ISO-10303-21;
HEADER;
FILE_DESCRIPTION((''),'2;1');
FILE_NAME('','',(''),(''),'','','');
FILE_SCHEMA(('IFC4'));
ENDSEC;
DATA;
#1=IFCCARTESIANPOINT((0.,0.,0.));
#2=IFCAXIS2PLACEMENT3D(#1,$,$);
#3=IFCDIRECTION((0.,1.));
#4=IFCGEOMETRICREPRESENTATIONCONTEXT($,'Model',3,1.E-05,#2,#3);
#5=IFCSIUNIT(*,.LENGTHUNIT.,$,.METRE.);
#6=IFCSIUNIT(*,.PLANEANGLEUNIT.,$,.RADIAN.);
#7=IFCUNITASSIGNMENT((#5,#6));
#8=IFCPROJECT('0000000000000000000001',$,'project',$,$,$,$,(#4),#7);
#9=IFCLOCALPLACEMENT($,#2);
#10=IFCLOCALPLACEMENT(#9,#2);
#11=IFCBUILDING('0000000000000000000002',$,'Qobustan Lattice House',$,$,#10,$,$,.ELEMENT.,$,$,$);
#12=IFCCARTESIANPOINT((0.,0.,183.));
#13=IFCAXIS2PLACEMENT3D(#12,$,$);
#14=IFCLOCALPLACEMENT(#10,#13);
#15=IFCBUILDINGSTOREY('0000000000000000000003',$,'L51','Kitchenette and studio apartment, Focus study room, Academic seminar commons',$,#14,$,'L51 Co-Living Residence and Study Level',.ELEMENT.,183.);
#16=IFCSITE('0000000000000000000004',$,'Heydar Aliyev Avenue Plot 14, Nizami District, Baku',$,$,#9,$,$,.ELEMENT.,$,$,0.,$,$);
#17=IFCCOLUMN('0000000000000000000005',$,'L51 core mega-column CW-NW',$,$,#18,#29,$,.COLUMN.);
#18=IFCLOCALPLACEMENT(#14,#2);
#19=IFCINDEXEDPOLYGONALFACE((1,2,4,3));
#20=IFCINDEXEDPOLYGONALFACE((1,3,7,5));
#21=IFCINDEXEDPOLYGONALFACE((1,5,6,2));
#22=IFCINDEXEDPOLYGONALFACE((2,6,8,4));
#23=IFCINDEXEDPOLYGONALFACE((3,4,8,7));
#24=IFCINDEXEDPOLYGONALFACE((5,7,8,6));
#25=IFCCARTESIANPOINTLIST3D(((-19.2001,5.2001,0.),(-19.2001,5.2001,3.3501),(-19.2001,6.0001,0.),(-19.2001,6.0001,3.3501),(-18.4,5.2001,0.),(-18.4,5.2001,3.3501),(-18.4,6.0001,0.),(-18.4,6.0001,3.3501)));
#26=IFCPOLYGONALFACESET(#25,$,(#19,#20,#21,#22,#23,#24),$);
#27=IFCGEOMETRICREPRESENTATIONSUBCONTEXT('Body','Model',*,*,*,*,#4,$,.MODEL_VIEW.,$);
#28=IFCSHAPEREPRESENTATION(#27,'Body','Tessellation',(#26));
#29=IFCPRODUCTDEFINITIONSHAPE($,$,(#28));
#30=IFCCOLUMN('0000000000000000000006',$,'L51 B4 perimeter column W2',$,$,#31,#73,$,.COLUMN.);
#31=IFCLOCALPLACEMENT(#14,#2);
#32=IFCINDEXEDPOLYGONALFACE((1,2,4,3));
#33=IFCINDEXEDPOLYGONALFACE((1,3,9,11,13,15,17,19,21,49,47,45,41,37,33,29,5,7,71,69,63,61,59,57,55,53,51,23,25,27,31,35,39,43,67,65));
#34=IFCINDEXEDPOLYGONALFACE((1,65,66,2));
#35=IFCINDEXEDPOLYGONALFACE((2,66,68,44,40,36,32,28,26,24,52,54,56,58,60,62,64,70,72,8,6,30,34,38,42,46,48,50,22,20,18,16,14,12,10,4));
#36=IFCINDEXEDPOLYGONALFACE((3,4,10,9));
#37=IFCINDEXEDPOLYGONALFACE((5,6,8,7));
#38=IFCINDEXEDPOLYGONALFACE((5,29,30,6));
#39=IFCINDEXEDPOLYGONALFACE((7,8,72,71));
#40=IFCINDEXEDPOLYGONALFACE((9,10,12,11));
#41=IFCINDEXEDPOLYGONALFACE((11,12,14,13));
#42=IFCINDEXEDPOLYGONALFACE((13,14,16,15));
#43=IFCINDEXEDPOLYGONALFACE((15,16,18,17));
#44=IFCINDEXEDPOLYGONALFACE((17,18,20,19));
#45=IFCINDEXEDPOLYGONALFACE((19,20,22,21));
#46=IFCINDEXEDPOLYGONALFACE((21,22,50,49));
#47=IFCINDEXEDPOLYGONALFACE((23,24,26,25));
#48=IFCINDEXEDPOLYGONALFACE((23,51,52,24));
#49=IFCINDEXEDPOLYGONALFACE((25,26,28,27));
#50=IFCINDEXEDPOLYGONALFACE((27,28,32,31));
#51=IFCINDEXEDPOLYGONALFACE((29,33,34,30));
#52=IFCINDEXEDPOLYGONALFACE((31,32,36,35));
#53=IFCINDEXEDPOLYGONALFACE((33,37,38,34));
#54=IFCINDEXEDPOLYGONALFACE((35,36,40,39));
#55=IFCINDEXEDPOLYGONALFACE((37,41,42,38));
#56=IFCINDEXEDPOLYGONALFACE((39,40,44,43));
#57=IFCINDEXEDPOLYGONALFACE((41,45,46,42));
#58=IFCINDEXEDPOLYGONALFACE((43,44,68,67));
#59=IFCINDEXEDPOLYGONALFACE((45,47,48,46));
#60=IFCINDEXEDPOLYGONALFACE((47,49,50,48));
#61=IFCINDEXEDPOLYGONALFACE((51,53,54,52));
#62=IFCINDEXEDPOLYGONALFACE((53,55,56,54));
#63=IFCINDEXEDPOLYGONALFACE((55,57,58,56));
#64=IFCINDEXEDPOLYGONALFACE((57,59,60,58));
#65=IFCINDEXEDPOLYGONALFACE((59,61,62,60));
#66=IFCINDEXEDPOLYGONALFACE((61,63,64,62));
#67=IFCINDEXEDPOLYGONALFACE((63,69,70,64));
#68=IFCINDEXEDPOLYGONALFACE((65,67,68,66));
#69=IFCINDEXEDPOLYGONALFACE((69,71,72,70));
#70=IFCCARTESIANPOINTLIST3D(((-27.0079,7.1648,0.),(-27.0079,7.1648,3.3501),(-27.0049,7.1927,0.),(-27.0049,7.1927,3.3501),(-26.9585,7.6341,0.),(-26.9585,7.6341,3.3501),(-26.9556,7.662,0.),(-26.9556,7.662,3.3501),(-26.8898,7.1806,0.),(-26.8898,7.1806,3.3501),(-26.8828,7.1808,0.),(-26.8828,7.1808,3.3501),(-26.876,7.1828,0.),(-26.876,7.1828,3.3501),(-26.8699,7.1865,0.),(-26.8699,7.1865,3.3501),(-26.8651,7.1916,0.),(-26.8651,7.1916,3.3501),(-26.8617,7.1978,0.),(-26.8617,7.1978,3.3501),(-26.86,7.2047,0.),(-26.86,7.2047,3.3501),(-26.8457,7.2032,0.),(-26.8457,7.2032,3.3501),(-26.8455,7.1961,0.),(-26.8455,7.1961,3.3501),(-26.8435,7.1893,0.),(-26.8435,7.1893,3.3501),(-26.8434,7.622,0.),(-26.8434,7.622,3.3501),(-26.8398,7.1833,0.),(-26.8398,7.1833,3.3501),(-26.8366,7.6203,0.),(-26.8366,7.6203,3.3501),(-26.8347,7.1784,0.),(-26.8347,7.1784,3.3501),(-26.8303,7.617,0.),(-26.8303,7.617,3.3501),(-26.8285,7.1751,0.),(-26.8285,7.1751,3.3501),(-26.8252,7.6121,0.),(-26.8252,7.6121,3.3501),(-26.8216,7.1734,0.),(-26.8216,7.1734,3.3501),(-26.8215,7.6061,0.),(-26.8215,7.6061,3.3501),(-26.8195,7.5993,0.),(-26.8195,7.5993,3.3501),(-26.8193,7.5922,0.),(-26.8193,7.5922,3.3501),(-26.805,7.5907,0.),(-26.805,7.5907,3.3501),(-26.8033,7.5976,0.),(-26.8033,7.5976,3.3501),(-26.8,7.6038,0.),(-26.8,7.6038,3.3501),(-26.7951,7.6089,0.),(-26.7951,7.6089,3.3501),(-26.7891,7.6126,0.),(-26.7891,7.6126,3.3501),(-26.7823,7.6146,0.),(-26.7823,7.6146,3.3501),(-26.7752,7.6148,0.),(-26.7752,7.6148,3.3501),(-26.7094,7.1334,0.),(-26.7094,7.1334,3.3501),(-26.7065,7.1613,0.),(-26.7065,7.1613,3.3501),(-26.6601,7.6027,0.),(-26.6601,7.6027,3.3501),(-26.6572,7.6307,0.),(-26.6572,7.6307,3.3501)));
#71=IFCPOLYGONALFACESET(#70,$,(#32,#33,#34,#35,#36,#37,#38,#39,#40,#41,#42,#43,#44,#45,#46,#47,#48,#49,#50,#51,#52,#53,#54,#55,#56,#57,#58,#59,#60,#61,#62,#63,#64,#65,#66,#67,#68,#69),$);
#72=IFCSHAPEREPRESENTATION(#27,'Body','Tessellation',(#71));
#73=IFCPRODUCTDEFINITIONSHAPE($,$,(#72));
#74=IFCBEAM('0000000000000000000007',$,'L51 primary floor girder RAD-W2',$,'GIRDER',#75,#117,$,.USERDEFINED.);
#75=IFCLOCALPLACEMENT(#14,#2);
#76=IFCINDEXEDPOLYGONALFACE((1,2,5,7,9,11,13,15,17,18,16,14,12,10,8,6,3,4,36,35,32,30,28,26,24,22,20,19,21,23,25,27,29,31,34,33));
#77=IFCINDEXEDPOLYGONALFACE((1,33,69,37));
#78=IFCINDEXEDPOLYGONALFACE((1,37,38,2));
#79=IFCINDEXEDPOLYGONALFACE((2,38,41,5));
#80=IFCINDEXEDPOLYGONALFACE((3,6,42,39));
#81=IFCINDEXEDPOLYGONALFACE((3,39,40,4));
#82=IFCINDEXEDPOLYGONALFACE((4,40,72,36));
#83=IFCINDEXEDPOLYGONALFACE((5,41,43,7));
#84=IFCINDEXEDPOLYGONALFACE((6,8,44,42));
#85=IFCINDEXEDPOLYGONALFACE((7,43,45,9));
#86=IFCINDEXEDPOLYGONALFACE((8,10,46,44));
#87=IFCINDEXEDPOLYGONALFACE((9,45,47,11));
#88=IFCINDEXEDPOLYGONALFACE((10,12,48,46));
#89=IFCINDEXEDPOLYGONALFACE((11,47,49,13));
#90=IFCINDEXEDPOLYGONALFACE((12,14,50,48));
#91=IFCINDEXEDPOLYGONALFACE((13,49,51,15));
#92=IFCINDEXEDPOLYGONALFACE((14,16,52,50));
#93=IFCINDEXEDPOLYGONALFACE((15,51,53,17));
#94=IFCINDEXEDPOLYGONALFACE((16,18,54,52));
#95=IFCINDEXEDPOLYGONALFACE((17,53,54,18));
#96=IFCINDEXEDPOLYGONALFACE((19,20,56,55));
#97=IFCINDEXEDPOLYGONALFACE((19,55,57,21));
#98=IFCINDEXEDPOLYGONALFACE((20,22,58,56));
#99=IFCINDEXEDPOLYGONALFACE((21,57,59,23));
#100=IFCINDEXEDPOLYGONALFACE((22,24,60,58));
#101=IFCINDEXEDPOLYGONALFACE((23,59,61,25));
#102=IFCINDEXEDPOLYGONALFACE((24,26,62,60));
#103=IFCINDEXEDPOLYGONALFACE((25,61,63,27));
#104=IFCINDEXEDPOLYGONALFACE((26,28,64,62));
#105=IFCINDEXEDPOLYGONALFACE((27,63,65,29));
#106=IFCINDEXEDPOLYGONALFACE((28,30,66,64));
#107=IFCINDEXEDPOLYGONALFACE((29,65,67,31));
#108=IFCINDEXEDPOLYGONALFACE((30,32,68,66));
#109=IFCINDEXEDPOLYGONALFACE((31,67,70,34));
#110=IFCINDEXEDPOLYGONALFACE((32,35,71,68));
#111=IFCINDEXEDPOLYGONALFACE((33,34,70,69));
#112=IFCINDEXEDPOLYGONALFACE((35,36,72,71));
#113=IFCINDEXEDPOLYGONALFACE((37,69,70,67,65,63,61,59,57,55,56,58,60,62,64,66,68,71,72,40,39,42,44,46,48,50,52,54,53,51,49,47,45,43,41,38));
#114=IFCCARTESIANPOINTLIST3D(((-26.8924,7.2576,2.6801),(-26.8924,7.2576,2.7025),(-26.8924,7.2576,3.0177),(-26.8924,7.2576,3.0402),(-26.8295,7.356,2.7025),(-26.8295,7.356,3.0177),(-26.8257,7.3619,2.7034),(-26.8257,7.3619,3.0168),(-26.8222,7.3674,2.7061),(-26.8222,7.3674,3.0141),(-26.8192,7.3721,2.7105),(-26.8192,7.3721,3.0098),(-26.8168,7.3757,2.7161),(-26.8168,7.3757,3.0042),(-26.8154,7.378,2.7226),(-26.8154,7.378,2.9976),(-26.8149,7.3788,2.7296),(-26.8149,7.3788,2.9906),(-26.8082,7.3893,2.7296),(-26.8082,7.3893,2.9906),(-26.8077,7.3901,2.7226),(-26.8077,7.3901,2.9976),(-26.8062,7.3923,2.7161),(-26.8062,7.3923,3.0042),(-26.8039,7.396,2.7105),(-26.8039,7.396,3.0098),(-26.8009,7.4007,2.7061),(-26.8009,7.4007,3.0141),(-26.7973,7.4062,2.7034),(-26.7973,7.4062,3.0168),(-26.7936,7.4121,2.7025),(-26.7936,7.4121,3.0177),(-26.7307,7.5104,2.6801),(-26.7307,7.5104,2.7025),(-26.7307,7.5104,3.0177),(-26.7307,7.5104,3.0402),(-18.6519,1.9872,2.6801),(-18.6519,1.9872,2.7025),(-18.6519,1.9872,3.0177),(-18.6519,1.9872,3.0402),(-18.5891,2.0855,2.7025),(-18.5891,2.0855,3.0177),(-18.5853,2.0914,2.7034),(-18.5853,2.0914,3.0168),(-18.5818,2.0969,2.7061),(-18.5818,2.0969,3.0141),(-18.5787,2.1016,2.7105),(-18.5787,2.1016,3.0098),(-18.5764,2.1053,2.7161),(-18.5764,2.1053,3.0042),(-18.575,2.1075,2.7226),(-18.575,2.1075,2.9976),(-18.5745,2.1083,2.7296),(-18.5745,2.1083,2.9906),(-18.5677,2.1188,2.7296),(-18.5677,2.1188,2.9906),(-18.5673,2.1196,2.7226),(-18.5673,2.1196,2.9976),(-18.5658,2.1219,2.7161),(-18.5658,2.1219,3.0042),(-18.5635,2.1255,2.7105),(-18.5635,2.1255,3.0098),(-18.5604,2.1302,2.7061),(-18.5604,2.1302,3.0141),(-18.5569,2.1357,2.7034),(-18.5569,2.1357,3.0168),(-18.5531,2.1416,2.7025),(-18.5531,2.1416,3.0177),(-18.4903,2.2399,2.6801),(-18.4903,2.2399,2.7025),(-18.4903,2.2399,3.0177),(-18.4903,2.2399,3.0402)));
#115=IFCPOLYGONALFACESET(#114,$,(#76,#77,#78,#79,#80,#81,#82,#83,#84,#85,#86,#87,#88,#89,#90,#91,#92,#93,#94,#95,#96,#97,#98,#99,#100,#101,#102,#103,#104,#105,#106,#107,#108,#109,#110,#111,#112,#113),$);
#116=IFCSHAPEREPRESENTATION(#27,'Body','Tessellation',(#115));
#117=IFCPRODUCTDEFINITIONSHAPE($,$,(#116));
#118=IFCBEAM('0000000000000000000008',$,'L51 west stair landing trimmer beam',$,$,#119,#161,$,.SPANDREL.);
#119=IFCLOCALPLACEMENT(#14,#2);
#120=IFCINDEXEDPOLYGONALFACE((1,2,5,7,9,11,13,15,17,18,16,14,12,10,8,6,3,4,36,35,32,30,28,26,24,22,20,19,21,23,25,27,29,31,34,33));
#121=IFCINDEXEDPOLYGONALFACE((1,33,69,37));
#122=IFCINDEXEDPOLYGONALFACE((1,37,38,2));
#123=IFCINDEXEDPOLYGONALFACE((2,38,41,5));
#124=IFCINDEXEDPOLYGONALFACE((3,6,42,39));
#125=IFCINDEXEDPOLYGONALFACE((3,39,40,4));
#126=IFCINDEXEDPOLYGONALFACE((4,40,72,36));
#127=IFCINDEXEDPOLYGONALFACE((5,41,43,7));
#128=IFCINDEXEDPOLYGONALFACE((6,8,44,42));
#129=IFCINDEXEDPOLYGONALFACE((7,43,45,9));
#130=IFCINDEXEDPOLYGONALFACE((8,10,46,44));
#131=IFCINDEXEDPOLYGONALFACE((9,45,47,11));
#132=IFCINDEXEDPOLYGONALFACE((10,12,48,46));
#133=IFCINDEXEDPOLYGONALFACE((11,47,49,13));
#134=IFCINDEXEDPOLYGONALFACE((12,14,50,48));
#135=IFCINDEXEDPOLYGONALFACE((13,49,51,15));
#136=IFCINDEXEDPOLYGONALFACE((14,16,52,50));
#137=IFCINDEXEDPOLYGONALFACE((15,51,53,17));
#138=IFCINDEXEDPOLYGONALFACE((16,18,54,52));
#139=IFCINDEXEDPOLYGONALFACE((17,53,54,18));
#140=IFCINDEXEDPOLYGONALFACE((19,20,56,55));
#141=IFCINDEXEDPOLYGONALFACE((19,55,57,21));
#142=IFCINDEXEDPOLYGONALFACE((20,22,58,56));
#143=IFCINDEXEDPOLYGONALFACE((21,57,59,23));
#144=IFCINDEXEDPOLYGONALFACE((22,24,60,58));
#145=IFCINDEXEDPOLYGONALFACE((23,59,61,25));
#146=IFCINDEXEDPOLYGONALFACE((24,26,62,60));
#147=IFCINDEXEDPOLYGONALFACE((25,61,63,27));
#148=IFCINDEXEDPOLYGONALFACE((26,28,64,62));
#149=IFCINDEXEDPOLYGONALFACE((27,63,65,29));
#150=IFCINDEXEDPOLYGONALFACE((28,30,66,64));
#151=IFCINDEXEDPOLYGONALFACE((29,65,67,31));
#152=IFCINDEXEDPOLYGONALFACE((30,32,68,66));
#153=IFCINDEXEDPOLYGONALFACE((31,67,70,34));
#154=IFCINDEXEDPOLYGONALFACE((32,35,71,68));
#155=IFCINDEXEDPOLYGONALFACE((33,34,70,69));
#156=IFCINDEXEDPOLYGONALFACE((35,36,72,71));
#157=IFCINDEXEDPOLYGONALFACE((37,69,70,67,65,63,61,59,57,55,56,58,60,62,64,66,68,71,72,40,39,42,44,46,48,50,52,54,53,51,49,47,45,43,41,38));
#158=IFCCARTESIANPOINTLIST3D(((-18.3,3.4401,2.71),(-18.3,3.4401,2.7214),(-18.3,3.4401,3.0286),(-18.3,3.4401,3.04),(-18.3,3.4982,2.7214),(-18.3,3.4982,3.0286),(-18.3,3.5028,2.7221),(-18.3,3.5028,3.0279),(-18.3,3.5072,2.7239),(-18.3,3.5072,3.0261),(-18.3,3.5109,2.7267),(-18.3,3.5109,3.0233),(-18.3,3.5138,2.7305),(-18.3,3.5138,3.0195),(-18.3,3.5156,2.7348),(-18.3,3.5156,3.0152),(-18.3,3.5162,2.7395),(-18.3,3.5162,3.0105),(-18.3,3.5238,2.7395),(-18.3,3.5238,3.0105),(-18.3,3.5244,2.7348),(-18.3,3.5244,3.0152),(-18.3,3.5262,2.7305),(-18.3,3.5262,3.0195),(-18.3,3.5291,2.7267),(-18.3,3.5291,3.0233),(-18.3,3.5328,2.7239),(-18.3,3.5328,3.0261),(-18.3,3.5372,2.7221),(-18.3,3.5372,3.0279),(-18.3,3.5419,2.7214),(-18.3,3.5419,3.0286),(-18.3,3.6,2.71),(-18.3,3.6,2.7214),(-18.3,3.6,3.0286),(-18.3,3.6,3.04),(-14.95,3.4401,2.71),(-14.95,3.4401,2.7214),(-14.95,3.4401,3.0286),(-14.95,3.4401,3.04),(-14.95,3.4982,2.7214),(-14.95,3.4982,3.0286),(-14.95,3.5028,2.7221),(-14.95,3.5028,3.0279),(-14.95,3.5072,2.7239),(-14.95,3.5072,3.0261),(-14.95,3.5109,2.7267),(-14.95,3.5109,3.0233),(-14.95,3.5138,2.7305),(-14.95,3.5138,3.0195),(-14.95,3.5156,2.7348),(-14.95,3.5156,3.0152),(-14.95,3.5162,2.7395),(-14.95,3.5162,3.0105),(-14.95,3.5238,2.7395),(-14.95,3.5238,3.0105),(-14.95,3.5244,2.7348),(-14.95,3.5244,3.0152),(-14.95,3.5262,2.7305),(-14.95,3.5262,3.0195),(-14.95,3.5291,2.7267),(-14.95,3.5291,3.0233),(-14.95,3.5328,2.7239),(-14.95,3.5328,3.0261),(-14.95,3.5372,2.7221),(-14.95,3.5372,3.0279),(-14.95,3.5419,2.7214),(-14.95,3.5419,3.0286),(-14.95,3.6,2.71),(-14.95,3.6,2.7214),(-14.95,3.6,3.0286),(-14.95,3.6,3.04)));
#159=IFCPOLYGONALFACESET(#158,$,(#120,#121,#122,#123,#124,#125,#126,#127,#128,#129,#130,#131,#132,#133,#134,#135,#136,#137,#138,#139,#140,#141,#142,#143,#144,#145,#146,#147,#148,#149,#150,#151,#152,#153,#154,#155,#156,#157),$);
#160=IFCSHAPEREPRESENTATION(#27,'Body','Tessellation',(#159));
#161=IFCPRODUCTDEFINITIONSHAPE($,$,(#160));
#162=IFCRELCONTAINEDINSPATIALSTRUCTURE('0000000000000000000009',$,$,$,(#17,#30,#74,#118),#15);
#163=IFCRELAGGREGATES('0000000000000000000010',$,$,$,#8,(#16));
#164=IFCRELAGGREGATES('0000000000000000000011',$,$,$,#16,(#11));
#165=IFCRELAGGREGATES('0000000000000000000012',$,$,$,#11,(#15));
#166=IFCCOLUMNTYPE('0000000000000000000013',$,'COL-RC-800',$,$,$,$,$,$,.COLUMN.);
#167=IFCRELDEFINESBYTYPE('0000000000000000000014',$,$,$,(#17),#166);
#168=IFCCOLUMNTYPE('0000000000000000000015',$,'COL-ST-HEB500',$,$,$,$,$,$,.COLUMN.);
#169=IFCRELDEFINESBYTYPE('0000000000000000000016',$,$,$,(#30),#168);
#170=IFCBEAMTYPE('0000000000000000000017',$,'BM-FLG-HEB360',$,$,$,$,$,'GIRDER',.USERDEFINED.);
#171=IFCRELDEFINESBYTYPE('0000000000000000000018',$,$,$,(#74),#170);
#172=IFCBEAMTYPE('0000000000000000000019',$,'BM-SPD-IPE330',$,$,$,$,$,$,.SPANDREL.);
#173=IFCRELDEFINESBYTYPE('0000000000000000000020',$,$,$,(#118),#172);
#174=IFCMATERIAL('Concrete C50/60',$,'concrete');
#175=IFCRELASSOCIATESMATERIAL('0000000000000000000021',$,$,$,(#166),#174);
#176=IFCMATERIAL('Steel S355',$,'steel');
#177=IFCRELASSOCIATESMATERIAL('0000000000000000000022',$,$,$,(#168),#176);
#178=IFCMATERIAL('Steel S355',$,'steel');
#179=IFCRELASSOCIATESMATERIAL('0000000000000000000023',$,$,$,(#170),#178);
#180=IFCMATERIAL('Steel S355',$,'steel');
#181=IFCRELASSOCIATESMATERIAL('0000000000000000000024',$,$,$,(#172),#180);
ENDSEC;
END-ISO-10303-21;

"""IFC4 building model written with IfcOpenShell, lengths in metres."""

from ifc_helpers import new_model, si_unit, direction, frame, origin, origin_2d, place, context, subcontext, project, spatial, rectangle, i_section, extrude, material, material_profile, profile_set, type_object, element, save


model = new_model("IFC4")

# Units and contexts
model_context = context("Model", 3, precision=1e-05, world=origin(), true_north=direction((0.0, 1.0)))
body_context = subcontext(model_context, "Body", "Model", "MODEL_VIEW")
ifc_project = project(units=[si_unit("LENGTHUNIT", "METRE"), si_unit("PLANEANGLEUNIT", "RADIAN")], contexts=[model_context])

# Site, building, storey
site_placement = place(None, origin())
site = spatial("IfcSite", under=ifc_project, at=site_placement, Name="Heydar Aliyev Avenue Plot 14, Nizami District, Baku", CompositionType="ELEMENT", RefElevation=0.0)
building_placement = place(site_placement, origin())
building = spatial("IfcBuilding", under=site, at=building_placement, Name="Qobustan Lattice House", CompositionType="ELEMENT")
storey_placement = place(building_placement, frame((0.0, 0.0, 183.0)))
storey = spatial("IfcBuildingStorey", under=building, at=storey_placement, Name="L51", Description="Kitchenette and studio apartment, Focus study room, Academic seminar commons", LongName="L51 Co-Living Residence and Study Level", CompositionType="ELEMENT", Elevation=183.0)

# Columns
ifc_material_1 = material(Name="Concrete C50/60", Category="concrete")
ifc_material_profile_1 = material_profile(ifc_material_1, rectangle(XDim=0.8, YDim=0.8, at=origin_2d()), Name="RC800x800")
ifc_profile_set_1 = profile_set([ifc_material_profile_1], Name="Concrete C50/60")
column_type_1 = type_object("IfcColumnType", Name="COL-RC-800", PredefinedType="COLUMN", material=ifc_profile_set_1)
column_1_placement = place(storey_placement, frame((-18.8, 5.6001, 0.0), z_axis=(0.0, 0.0, 1.0), x_axis=(1.0, 0.0, 0.0)))
element("IfcColumn", 1, at=column_1_placement, inside=storey, type_object=column_type_1, Name="L51 core mega-column CW-NW", PredefinedType="COLUMN", context=body_context, shape_type="SweptSolid", body=[
    extrude(rectangle(XDim=0.8, YDim=0.8, at=origin_2d()), origin(), (0.0, 0.0, 1.0), 3.3501),
])
ifc_material_2 = material(Name="Steel S355", Category="steel")
ifc_material_profile_2 = material_profile(ifc_material_2, i_section(OverallWidth=0.3, OverallDepth=0.5, WebThickness=0.0144, FlangeThickness=0.0281, FilletRadius=0.0271, at=origin_2d()), Name="HEB500")
ifc_profile_set_2 = profile_set([ifc_material_profile_2], Name="Steel S355")
column_type_2 = type_object("IfcColumnType", Name="COL-ST-HEB500", PredefinedType="COLUMN", material=ifc_profile_set_2)
column_2_placement = place(storey_placement, frame((-26.8325, 7.3977, 0.0), z_axis=(0.0, 0.0, 1.0), x_axis=(0.994522, -0.104528, 0.0)))
element("IfcColumn", 2, at=column_2_placement, inside=storey, type_object=column_type_2, Name="L51 B4 perimeter column W2", PredefinedType="COLUMN", context=body_context, shape_type="SweptSolid", body=[
    extrude(i_section(OverallWidth=0.3, OverallDepth=0.5, WebThickness=0.0144, FlangeThickness=0.0281, FilletRadius=0.0271, at=origin_2d()), origin(), (0.0, 0.0, 1.0), 3.3501),
])

# Beams
ifc_material_3 = material(Name="Steel S355", Category="steel")
ifc_material_profile_3 = material_profile(ifc_material_3, i_section(OverallWidth=0.3, OverallDepth=0.3601, WebThickness=0.0125, FlangeThickness=0.0225, FilletRadius=0.0271, at=origin_2d()), Name="HEB360")
ifc_profile_set_3 = profile_set([ifc_material_profile_3], Name="Steel S355")
beam_type_1 = type_object("IfcBeamType", Name="BM-FLG-HEB360", ElementType="GIRDER", PredefinedType="USERDEFINED", material=ifc_profile_set_3)
beam_1_placement = place(storey_placement, frame((-26.8115, 7.384, 2.8601), z_axis=(0.842429, -0.538807, 0.0), x_axis=(0.538807, 0.842429, 0.0)))
element("IfcBeam", 3, at=beam_1_placement, inside=storey, type_object=beam_type_1, Name="L51 primary floor girder RAD-W2", ObjectType="GIRDER", PredefinedType="USERDEFINED", context=body_context, shape_type="SweptSolid", body=[
    extrude(i_section(OverallWidth=0.3, OverallDepth=0.3601, WebThickness=0.0125, FlangeThickness=0.0225, FilletRadius=0.0271, at=origin_2d()), origin(), (0.0, 0.0, 1.0), 9.7817),
])
ifc_material_4 = material(Name="Steel S355", Category="steel")
ifc_material_profile_4 = material_profile(ifc_material_4, i_section(OverallWidth=0.1599, OverallDepth=0.3301, WebThickness=0.0076, FlangeThickness=0.0115, FilletRadius=0.0181, at=origin_2d()), Name="IPE330")
ifc_profile_set_4 = profile_set([ifc_material_profile_4], Name="Steel S355")
beam_type_2 = type_object("IfcBeamType", Name="BM-SPD-IPE330", PredefinedType="SPANDREL", material=ifc_profile_set_4)
beam_2_placement = place(storey_placement, frame((-18.3, 3.52, 2.875), z_axis=(1.0, 0.0, 0.0), x_axis=(0.0, 1.0, 0.0)))
element("IfcBeam", 4, at=beam_2_placement, inside=storey, type_object=beam_type_2, Name="L51 west stair landing trimmer beam", PredefinedType="SPANDREL", context=body_context, shape_type="SweptSolid", body=[
    extrude(i_section(OverallWidth=0.1599, OverallDepth=0.3301, WebThickness=0.0076, FlangeThickness=0.0115, FilletRadius=0.0181, at=origin_2d()), origin(), (0.0, 0.0, 1.0), 3.3501),
])

save(model, "model.ifc")
